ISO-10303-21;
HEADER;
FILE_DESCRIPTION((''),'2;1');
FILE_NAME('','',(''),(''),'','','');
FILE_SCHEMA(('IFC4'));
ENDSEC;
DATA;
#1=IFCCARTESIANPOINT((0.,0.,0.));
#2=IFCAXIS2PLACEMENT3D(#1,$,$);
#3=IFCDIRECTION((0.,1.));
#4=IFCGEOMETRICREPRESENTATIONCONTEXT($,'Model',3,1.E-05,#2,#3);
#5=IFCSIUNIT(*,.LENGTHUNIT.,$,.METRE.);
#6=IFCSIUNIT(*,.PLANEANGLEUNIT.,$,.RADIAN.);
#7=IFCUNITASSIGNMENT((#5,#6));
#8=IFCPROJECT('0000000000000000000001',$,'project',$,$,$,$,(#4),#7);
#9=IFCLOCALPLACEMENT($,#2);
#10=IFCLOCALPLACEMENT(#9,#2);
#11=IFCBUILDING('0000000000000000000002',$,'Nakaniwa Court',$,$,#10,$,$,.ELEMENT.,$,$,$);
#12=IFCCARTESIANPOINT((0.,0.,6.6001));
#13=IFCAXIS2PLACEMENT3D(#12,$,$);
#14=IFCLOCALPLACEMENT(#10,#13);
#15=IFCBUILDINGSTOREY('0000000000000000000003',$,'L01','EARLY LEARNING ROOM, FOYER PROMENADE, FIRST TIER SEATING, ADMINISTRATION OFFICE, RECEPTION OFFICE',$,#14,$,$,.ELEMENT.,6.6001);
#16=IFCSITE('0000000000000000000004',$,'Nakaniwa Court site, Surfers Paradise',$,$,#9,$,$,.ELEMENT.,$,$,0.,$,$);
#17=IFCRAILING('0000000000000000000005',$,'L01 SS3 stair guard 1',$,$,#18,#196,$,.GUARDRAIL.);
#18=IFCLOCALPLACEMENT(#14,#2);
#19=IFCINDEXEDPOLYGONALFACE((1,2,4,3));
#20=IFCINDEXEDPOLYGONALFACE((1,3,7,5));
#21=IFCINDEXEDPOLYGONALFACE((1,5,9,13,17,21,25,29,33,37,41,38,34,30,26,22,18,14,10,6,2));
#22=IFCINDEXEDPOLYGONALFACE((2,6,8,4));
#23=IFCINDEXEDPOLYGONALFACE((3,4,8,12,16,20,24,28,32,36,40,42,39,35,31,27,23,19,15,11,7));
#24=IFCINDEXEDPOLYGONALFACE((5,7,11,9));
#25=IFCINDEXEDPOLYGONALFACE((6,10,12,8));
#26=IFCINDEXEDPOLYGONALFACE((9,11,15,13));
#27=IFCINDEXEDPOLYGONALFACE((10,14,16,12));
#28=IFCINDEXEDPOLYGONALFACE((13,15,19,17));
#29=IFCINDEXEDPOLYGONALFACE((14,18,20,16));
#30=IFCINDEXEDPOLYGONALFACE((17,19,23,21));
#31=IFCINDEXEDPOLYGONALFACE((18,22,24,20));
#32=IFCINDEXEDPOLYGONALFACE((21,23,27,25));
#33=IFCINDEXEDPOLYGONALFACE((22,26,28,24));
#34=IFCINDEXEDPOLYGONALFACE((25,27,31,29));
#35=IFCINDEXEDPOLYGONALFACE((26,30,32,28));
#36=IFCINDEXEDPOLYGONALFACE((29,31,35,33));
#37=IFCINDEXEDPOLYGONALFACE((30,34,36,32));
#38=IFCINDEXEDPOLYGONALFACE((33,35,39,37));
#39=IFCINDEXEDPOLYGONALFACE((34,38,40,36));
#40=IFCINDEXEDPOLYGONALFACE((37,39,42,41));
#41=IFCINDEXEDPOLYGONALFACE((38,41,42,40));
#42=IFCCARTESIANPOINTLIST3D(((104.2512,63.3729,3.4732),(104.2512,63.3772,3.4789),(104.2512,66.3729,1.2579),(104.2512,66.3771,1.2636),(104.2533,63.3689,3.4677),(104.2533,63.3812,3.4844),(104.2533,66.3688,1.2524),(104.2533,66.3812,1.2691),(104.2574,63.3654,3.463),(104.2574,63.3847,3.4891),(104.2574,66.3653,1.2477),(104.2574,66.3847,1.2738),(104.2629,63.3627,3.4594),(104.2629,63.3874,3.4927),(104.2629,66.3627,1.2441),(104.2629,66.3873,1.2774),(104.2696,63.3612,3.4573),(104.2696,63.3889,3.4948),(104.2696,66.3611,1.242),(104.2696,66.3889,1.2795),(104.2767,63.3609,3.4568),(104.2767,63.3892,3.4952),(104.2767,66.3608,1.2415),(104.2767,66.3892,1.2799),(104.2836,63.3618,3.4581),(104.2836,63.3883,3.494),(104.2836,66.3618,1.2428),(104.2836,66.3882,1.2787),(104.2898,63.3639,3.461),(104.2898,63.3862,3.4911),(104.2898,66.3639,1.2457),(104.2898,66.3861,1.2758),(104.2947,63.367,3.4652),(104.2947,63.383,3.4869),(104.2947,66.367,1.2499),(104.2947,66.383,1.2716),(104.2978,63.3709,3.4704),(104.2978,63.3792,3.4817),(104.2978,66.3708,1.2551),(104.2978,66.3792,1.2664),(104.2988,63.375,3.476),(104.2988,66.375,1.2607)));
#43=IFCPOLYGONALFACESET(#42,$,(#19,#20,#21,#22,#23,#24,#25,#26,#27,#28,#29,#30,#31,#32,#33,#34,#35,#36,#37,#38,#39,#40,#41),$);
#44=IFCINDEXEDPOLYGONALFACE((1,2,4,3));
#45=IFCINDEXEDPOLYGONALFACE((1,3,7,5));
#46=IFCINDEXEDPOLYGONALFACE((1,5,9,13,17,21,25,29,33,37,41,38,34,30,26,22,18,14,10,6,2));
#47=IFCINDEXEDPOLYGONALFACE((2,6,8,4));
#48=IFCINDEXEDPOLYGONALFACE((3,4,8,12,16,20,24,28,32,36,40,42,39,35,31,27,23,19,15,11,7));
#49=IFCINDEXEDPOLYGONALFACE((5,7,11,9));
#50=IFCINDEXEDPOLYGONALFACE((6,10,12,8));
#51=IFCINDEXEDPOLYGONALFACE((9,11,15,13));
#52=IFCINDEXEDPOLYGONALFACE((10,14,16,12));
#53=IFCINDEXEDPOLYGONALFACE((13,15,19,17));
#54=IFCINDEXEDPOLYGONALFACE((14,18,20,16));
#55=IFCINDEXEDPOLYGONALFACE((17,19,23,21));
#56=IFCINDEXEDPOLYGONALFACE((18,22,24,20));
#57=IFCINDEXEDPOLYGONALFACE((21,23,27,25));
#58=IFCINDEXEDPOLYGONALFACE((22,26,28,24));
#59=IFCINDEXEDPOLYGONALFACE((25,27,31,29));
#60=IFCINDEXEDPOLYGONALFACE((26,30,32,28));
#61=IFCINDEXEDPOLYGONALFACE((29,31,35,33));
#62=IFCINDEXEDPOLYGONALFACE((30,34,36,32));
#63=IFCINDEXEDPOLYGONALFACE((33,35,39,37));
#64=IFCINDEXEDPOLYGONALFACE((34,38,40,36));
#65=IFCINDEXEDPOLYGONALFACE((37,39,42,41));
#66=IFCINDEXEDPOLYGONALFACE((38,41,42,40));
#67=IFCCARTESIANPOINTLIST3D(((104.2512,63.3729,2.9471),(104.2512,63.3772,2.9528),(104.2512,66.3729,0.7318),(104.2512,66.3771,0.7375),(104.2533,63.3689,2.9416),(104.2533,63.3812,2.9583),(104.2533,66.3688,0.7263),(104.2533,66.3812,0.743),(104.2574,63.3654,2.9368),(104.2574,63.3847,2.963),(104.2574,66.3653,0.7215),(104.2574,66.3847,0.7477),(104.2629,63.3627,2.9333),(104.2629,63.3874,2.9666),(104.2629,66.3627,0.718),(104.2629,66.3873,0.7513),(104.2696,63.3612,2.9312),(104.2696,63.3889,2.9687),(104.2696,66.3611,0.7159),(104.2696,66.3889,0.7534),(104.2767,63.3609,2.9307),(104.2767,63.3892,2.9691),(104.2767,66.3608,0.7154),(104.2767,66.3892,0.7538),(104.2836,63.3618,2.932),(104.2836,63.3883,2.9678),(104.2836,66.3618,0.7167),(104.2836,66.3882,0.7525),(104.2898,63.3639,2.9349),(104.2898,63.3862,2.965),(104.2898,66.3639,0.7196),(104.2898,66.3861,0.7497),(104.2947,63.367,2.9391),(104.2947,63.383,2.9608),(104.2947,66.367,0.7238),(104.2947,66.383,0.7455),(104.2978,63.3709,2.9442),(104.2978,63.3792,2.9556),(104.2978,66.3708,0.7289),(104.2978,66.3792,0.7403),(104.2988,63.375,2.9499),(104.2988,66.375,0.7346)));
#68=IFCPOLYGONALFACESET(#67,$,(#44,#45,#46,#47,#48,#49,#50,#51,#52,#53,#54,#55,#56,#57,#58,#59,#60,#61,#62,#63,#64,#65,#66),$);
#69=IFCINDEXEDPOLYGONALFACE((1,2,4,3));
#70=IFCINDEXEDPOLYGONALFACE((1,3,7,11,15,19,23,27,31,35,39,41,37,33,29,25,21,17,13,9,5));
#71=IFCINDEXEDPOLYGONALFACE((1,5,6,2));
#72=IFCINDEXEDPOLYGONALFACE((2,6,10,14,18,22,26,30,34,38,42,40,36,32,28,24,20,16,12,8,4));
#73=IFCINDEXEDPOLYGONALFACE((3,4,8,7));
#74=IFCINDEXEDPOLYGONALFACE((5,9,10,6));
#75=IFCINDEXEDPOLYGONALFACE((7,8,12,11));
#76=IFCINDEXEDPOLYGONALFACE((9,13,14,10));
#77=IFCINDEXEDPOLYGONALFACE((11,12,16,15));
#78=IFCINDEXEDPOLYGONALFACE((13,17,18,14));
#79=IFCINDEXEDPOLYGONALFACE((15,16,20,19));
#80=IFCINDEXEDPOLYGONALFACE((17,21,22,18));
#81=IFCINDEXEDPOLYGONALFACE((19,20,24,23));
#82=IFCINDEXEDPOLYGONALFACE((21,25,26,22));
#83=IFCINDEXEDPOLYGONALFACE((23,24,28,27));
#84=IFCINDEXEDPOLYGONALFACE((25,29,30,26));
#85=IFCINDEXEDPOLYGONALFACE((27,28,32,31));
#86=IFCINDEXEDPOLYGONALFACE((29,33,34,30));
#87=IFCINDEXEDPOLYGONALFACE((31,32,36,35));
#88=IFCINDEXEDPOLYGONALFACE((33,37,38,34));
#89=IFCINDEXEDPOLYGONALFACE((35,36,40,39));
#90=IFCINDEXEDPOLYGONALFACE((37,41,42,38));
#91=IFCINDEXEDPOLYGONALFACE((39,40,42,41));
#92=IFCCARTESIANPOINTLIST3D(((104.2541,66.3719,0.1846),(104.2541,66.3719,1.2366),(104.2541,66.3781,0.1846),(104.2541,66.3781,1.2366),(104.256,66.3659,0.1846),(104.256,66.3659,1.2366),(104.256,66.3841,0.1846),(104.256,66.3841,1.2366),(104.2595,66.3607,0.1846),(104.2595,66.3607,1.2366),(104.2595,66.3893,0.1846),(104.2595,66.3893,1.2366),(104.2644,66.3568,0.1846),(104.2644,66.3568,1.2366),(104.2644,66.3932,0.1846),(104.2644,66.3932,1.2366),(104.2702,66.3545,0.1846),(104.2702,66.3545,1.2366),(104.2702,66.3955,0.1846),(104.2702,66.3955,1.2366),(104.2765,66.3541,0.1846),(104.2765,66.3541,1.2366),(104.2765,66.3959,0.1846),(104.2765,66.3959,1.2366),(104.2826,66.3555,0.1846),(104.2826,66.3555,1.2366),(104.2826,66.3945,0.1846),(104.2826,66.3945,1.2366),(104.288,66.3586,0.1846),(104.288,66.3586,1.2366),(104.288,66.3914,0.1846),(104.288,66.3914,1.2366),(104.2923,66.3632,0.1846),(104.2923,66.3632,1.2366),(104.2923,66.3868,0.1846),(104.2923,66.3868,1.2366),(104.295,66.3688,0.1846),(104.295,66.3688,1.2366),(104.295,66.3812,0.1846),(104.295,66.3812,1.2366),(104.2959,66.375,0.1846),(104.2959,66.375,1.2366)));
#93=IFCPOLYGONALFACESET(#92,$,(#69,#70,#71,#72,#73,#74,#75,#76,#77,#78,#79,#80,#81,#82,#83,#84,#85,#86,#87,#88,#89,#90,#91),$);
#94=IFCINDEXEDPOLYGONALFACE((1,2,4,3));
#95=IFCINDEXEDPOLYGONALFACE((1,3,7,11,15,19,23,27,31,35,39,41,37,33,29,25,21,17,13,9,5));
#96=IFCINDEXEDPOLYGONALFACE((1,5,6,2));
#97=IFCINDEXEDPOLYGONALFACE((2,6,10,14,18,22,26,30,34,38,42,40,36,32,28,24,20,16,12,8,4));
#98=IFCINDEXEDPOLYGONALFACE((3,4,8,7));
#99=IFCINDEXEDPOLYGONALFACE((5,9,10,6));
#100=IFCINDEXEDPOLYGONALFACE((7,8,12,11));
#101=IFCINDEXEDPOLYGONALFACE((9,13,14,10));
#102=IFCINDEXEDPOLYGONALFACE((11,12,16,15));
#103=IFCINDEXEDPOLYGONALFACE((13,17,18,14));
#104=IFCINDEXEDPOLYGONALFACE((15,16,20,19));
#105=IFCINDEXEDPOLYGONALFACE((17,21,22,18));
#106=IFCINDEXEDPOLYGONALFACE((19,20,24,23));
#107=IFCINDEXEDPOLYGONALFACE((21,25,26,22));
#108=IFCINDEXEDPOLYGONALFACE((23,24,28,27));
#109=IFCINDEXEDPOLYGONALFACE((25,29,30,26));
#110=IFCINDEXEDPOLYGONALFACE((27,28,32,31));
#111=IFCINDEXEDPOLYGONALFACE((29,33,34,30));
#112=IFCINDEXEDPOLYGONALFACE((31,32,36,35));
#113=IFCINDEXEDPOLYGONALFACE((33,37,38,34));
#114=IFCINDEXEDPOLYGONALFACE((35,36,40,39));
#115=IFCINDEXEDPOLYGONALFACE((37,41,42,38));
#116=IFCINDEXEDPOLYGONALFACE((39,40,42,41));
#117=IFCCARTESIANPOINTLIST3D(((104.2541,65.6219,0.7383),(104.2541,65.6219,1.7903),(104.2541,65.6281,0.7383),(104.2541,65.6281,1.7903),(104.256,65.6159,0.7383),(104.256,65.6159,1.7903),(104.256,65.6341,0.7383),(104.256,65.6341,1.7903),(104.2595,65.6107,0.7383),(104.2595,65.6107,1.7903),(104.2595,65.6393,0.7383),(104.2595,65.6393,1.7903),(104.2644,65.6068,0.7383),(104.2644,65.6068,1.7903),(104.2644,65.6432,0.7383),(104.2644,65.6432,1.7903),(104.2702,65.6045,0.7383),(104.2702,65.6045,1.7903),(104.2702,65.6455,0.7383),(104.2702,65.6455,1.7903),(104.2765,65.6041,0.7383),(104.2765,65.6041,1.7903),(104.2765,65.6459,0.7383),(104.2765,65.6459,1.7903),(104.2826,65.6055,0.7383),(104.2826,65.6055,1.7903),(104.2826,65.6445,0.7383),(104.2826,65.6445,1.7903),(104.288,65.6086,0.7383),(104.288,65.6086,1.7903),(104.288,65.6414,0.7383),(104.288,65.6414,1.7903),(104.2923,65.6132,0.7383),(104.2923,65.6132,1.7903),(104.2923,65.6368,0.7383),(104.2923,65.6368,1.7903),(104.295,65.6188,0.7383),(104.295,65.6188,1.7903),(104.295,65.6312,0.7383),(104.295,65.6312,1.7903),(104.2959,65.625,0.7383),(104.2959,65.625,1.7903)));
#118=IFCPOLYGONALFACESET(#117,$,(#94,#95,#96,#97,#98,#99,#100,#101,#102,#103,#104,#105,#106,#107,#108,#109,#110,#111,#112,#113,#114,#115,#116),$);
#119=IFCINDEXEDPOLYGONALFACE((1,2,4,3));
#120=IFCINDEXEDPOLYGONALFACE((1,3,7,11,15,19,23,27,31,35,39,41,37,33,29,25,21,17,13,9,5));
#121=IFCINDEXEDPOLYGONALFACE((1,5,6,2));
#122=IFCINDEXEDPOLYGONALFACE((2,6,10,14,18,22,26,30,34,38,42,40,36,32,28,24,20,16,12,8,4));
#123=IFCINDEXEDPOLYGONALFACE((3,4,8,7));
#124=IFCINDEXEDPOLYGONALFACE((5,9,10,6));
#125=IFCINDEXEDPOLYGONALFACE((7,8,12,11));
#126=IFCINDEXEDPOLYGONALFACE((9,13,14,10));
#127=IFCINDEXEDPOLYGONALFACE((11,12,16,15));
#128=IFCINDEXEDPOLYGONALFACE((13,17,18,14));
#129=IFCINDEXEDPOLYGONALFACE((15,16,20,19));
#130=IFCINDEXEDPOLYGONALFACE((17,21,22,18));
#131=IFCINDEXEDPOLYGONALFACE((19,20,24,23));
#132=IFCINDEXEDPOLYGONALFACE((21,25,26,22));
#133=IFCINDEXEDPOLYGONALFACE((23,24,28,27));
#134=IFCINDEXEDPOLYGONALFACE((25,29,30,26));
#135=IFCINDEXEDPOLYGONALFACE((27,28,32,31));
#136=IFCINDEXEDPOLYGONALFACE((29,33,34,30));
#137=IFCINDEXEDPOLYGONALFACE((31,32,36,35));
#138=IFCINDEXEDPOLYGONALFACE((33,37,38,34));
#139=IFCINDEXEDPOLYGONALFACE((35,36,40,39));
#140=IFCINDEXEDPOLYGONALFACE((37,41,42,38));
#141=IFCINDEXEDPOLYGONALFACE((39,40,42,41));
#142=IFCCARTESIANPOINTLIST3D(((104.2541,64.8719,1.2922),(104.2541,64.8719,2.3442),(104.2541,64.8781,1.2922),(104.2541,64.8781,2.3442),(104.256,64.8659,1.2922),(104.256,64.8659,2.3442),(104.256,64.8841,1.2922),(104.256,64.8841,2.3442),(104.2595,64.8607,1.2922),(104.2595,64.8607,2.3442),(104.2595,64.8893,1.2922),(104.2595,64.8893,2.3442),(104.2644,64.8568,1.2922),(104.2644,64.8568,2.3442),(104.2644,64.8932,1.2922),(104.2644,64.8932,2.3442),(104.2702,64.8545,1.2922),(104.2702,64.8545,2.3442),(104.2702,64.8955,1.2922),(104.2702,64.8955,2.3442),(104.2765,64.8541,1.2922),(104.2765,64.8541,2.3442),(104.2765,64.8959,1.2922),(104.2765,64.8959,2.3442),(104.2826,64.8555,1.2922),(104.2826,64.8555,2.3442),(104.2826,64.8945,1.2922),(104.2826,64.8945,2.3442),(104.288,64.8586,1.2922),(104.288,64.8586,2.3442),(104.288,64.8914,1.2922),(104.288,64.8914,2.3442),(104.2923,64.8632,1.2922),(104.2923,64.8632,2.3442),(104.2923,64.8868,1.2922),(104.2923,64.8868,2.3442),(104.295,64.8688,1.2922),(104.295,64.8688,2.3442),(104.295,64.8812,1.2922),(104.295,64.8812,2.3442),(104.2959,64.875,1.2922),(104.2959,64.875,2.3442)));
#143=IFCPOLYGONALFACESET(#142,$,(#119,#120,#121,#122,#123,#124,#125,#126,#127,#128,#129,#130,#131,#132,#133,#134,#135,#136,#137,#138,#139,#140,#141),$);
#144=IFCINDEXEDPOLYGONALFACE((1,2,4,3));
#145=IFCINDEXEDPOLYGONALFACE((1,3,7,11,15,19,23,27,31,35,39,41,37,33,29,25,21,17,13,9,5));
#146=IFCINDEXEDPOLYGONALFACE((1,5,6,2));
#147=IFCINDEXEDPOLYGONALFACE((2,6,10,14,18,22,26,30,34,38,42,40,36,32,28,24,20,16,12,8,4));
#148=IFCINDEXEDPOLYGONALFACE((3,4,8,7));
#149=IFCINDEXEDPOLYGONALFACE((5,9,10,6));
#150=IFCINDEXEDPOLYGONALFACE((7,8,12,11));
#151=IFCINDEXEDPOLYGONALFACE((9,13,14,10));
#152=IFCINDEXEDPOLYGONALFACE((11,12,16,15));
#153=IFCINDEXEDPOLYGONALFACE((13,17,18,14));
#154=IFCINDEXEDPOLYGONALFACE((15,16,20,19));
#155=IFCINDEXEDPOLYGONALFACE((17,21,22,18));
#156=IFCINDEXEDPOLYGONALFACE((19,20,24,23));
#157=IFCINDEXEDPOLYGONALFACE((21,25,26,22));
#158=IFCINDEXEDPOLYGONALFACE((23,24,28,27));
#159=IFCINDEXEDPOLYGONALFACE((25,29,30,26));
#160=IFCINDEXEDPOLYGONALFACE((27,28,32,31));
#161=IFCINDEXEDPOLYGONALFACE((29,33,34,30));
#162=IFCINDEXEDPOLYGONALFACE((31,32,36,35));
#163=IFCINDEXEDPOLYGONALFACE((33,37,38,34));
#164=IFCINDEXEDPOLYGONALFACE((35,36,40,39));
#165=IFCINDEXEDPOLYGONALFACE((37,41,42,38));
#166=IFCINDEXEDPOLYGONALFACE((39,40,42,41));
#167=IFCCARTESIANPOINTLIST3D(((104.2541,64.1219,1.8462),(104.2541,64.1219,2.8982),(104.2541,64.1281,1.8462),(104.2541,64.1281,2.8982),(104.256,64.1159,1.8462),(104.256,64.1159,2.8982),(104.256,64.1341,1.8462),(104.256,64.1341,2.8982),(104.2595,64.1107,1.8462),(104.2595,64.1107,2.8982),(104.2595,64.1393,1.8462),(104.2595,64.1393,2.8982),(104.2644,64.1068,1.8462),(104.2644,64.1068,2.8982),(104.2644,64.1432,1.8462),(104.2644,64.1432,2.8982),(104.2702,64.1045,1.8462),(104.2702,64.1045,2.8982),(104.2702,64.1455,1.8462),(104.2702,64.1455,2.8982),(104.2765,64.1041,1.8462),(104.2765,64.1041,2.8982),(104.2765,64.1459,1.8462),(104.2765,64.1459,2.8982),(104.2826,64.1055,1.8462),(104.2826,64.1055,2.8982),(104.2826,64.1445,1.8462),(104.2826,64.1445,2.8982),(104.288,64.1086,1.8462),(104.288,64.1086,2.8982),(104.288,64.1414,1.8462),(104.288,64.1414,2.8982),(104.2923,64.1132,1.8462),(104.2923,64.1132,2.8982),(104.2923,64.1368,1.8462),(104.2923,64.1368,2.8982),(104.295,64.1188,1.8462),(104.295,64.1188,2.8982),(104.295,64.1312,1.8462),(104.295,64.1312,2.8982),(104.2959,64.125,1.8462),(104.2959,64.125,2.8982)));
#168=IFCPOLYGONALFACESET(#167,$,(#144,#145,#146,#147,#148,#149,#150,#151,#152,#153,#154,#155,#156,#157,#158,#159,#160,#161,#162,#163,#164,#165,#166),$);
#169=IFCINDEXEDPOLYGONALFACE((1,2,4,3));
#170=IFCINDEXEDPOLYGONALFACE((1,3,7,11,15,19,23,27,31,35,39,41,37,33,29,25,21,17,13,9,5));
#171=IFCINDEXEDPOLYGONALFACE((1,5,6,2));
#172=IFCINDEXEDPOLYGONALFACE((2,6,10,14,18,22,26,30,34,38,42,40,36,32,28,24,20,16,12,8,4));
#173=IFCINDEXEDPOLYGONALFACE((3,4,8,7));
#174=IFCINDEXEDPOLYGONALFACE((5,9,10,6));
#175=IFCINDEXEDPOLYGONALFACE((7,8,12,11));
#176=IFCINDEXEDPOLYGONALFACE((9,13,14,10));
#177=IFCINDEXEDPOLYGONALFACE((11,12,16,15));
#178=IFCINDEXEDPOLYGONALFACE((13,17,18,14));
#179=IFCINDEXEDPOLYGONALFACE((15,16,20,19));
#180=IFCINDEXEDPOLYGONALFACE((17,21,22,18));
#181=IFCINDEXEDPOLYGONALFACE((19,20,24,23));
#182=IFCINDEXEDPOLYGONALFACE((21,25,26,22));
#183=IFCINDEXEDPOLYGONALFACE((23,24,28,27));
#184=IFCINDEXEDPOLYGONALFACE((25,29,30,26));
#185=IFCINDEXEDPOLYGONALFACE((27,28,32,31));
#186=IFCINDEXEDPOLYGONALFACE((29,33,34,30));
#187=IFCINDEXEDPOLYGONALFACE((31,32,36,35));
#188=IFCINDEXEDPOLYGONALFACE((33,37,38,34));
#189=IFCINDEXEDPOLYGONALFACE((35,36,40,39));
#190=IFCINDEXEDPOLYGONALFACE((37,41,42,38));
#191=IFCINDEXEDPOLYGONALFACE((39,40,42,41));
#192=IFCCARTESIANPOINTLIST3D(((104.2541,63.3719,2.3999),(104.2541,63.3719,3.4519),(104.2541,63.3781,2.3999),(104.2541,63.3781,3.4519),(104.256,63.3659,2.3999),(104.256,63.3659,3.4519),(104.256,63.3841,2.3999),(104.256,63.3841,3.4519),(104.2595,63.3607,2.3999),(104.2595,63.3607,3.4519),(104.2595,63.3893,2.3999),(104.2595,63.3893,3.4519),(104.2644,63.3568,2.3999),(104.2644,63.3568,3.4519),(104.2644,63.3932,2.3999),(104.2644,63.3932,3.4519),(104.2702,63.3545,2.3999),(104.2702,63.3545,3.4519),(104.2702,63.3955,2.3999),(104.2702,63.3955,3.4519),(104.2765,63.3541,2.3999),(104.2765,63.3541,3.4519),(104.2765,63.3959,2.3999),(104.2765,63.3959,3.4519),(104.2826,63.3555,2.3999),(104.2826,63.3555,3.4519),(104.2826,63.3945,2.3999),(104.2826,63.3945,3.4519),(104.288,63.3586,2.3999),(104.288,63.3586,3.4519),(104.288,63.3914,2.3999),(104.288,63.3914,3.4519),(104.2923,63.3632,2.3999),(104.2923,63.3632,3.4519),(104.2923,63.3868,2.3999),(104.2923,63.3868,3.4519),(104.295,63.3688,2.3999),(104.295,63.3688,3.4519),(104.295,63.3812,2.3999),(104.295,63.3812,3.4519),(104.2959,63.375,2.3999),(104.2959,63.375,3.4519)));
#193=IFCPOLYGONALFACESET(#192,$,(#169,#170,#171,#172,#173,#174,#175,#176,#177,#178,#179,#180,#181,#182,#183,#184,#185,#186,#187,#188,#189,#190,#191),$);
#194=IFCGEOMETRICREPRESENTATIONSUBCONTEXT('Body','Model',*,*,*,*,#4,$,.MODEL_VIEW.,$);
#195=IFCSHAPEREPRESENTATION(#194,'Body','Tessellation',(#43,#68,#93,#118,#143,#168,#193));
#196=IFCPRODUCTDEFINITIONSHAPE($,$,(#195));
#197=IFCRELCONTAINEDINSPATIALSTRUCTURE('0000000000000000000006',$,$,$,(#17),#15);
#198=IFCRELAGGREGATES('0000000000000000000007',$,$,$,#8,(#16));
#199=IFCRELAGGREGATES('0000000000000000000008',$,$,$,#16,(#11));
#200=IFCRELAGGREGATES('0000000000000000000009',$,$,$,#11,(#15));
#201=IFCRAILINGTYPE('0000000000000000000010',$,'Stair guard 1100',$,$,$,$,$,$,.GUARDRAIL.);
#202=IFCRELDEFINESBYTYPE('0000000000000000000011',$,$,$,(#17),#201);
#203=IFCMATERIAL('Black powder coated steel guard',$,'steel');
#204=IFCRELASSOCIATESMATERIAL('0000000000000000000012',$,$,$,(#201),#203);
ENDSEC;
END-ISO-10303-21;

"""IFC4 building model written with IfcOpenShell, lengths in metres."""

from ifc_helpers import new_model, si_unit, direction, frame, origin, origin_2d, place, context, subcontext, project, spatial, circle, extrude, material, type_object, element, save


model = new_model("IFC4")

# Units and contexts
model_context = context("Model", 3, precision=1e-05, world=origin(), true_north=direction((0.0, 1.0)))
body_context = subcontext(model_context, "Body", "Model", "MODEL_VIEW")
ifc_project = project(units=[si_unit("LENGTHUNIT", "METRE"), si_unit("PLANEANGLEUNIT", "RADIAN")], contexts=[model_context])

# Site, building, storey
site_placement = place(None, origin())
site = spatial("IfcSite", under=ifc_project, at=site_placement, Name="Nakaniwa Court site, Surfers Paradise", CompositionType="ELEMENT", RefElevation=0.0)
building_placement = place(site_placement, origin())
building = spatial("IfcBuilding", under=site, at=building_placement, Name="Nakaniwa Court", CompositionType="ELEMENT")
storey_placement = place(building_placement, frame((0.0, 0.0, 6.6001)))
storey = spatial("IfcBuildingStorey", under=building, at=storey_placement, Name="L01", Description="EARLY LEARNING ROOM, FOYER PROMENADE, FIRST TIER SEATING, ADMINISTRATION OFFICE, RECEPTION OFFICE", CompositionType="ELEMENT", Elevation=6.6001)

# Railing
ifc_material_1 = material(Name="Black powder coated steel guard", Category="steel")
railing_type_1 = type_object("IfcRailingType", Name="Stair guard 1100", PredefinedType="GUARDRAIL", material=ifc_material_1)
railing_1_placement = place(storey_placement, frame((104.2749, 66.375, 0.1846)))
element("IfcRailing", 1, at=railing_1_placement, inside=storey, type_object=railing_type_1, Name="L01 SS3 stair guard 1", PredefinedType="GUARDRAIL", context=body_context, shape_type="SweptSolid", body=[
    extrude(circle(Radius=0.0239, at=origin_2d()), frame((0.0, 0.0, 1.0762), z_axis=(0.0, -0.80444, 0.594034), x_axis=(1.0, 0.0, 0.0)), (0.0, 0.0, 1.0), 3.7292),
    extrude(circle(Radius=0.0239, at=origin_2d()), frame((0.0, 0.0, 0.55), z_axis=(0.0, -0.80444, 0.594034), x_axis=(1.0, 0.0, 0.0)), (0.0, 0.0, 1.0), 3.7292),
    extrude(circle(Radius=0.021, at=origin_2d()), origin(), (0.0, 0.0, 1.0), 1.052),
    extrude(circle(Radius=0.021, at=origin_2d()), frame((0.0, -0.75, 0.5537)), (0.0, 0.0, 1.0), 1.052),
    extrude(circle(Radius=0.021, at=origin_2d()), frame((0.0, -1.5, 1.1077)), (0.0, 0.0, 1.0), 1.052),
    extrude(circle(Radius=0.021, at=origin_2d()), frame((0.0, -2.25, 1.6616)), (0.0, 0.0, 1.0), 1.052),
    extrude(circle(Radius=0.021, at=origin_2d()), frame((0.0, -3.0, 2.2153)), (0.0, 0.0, 1.0), 1.052),
])

save(model, "model.ifc")
